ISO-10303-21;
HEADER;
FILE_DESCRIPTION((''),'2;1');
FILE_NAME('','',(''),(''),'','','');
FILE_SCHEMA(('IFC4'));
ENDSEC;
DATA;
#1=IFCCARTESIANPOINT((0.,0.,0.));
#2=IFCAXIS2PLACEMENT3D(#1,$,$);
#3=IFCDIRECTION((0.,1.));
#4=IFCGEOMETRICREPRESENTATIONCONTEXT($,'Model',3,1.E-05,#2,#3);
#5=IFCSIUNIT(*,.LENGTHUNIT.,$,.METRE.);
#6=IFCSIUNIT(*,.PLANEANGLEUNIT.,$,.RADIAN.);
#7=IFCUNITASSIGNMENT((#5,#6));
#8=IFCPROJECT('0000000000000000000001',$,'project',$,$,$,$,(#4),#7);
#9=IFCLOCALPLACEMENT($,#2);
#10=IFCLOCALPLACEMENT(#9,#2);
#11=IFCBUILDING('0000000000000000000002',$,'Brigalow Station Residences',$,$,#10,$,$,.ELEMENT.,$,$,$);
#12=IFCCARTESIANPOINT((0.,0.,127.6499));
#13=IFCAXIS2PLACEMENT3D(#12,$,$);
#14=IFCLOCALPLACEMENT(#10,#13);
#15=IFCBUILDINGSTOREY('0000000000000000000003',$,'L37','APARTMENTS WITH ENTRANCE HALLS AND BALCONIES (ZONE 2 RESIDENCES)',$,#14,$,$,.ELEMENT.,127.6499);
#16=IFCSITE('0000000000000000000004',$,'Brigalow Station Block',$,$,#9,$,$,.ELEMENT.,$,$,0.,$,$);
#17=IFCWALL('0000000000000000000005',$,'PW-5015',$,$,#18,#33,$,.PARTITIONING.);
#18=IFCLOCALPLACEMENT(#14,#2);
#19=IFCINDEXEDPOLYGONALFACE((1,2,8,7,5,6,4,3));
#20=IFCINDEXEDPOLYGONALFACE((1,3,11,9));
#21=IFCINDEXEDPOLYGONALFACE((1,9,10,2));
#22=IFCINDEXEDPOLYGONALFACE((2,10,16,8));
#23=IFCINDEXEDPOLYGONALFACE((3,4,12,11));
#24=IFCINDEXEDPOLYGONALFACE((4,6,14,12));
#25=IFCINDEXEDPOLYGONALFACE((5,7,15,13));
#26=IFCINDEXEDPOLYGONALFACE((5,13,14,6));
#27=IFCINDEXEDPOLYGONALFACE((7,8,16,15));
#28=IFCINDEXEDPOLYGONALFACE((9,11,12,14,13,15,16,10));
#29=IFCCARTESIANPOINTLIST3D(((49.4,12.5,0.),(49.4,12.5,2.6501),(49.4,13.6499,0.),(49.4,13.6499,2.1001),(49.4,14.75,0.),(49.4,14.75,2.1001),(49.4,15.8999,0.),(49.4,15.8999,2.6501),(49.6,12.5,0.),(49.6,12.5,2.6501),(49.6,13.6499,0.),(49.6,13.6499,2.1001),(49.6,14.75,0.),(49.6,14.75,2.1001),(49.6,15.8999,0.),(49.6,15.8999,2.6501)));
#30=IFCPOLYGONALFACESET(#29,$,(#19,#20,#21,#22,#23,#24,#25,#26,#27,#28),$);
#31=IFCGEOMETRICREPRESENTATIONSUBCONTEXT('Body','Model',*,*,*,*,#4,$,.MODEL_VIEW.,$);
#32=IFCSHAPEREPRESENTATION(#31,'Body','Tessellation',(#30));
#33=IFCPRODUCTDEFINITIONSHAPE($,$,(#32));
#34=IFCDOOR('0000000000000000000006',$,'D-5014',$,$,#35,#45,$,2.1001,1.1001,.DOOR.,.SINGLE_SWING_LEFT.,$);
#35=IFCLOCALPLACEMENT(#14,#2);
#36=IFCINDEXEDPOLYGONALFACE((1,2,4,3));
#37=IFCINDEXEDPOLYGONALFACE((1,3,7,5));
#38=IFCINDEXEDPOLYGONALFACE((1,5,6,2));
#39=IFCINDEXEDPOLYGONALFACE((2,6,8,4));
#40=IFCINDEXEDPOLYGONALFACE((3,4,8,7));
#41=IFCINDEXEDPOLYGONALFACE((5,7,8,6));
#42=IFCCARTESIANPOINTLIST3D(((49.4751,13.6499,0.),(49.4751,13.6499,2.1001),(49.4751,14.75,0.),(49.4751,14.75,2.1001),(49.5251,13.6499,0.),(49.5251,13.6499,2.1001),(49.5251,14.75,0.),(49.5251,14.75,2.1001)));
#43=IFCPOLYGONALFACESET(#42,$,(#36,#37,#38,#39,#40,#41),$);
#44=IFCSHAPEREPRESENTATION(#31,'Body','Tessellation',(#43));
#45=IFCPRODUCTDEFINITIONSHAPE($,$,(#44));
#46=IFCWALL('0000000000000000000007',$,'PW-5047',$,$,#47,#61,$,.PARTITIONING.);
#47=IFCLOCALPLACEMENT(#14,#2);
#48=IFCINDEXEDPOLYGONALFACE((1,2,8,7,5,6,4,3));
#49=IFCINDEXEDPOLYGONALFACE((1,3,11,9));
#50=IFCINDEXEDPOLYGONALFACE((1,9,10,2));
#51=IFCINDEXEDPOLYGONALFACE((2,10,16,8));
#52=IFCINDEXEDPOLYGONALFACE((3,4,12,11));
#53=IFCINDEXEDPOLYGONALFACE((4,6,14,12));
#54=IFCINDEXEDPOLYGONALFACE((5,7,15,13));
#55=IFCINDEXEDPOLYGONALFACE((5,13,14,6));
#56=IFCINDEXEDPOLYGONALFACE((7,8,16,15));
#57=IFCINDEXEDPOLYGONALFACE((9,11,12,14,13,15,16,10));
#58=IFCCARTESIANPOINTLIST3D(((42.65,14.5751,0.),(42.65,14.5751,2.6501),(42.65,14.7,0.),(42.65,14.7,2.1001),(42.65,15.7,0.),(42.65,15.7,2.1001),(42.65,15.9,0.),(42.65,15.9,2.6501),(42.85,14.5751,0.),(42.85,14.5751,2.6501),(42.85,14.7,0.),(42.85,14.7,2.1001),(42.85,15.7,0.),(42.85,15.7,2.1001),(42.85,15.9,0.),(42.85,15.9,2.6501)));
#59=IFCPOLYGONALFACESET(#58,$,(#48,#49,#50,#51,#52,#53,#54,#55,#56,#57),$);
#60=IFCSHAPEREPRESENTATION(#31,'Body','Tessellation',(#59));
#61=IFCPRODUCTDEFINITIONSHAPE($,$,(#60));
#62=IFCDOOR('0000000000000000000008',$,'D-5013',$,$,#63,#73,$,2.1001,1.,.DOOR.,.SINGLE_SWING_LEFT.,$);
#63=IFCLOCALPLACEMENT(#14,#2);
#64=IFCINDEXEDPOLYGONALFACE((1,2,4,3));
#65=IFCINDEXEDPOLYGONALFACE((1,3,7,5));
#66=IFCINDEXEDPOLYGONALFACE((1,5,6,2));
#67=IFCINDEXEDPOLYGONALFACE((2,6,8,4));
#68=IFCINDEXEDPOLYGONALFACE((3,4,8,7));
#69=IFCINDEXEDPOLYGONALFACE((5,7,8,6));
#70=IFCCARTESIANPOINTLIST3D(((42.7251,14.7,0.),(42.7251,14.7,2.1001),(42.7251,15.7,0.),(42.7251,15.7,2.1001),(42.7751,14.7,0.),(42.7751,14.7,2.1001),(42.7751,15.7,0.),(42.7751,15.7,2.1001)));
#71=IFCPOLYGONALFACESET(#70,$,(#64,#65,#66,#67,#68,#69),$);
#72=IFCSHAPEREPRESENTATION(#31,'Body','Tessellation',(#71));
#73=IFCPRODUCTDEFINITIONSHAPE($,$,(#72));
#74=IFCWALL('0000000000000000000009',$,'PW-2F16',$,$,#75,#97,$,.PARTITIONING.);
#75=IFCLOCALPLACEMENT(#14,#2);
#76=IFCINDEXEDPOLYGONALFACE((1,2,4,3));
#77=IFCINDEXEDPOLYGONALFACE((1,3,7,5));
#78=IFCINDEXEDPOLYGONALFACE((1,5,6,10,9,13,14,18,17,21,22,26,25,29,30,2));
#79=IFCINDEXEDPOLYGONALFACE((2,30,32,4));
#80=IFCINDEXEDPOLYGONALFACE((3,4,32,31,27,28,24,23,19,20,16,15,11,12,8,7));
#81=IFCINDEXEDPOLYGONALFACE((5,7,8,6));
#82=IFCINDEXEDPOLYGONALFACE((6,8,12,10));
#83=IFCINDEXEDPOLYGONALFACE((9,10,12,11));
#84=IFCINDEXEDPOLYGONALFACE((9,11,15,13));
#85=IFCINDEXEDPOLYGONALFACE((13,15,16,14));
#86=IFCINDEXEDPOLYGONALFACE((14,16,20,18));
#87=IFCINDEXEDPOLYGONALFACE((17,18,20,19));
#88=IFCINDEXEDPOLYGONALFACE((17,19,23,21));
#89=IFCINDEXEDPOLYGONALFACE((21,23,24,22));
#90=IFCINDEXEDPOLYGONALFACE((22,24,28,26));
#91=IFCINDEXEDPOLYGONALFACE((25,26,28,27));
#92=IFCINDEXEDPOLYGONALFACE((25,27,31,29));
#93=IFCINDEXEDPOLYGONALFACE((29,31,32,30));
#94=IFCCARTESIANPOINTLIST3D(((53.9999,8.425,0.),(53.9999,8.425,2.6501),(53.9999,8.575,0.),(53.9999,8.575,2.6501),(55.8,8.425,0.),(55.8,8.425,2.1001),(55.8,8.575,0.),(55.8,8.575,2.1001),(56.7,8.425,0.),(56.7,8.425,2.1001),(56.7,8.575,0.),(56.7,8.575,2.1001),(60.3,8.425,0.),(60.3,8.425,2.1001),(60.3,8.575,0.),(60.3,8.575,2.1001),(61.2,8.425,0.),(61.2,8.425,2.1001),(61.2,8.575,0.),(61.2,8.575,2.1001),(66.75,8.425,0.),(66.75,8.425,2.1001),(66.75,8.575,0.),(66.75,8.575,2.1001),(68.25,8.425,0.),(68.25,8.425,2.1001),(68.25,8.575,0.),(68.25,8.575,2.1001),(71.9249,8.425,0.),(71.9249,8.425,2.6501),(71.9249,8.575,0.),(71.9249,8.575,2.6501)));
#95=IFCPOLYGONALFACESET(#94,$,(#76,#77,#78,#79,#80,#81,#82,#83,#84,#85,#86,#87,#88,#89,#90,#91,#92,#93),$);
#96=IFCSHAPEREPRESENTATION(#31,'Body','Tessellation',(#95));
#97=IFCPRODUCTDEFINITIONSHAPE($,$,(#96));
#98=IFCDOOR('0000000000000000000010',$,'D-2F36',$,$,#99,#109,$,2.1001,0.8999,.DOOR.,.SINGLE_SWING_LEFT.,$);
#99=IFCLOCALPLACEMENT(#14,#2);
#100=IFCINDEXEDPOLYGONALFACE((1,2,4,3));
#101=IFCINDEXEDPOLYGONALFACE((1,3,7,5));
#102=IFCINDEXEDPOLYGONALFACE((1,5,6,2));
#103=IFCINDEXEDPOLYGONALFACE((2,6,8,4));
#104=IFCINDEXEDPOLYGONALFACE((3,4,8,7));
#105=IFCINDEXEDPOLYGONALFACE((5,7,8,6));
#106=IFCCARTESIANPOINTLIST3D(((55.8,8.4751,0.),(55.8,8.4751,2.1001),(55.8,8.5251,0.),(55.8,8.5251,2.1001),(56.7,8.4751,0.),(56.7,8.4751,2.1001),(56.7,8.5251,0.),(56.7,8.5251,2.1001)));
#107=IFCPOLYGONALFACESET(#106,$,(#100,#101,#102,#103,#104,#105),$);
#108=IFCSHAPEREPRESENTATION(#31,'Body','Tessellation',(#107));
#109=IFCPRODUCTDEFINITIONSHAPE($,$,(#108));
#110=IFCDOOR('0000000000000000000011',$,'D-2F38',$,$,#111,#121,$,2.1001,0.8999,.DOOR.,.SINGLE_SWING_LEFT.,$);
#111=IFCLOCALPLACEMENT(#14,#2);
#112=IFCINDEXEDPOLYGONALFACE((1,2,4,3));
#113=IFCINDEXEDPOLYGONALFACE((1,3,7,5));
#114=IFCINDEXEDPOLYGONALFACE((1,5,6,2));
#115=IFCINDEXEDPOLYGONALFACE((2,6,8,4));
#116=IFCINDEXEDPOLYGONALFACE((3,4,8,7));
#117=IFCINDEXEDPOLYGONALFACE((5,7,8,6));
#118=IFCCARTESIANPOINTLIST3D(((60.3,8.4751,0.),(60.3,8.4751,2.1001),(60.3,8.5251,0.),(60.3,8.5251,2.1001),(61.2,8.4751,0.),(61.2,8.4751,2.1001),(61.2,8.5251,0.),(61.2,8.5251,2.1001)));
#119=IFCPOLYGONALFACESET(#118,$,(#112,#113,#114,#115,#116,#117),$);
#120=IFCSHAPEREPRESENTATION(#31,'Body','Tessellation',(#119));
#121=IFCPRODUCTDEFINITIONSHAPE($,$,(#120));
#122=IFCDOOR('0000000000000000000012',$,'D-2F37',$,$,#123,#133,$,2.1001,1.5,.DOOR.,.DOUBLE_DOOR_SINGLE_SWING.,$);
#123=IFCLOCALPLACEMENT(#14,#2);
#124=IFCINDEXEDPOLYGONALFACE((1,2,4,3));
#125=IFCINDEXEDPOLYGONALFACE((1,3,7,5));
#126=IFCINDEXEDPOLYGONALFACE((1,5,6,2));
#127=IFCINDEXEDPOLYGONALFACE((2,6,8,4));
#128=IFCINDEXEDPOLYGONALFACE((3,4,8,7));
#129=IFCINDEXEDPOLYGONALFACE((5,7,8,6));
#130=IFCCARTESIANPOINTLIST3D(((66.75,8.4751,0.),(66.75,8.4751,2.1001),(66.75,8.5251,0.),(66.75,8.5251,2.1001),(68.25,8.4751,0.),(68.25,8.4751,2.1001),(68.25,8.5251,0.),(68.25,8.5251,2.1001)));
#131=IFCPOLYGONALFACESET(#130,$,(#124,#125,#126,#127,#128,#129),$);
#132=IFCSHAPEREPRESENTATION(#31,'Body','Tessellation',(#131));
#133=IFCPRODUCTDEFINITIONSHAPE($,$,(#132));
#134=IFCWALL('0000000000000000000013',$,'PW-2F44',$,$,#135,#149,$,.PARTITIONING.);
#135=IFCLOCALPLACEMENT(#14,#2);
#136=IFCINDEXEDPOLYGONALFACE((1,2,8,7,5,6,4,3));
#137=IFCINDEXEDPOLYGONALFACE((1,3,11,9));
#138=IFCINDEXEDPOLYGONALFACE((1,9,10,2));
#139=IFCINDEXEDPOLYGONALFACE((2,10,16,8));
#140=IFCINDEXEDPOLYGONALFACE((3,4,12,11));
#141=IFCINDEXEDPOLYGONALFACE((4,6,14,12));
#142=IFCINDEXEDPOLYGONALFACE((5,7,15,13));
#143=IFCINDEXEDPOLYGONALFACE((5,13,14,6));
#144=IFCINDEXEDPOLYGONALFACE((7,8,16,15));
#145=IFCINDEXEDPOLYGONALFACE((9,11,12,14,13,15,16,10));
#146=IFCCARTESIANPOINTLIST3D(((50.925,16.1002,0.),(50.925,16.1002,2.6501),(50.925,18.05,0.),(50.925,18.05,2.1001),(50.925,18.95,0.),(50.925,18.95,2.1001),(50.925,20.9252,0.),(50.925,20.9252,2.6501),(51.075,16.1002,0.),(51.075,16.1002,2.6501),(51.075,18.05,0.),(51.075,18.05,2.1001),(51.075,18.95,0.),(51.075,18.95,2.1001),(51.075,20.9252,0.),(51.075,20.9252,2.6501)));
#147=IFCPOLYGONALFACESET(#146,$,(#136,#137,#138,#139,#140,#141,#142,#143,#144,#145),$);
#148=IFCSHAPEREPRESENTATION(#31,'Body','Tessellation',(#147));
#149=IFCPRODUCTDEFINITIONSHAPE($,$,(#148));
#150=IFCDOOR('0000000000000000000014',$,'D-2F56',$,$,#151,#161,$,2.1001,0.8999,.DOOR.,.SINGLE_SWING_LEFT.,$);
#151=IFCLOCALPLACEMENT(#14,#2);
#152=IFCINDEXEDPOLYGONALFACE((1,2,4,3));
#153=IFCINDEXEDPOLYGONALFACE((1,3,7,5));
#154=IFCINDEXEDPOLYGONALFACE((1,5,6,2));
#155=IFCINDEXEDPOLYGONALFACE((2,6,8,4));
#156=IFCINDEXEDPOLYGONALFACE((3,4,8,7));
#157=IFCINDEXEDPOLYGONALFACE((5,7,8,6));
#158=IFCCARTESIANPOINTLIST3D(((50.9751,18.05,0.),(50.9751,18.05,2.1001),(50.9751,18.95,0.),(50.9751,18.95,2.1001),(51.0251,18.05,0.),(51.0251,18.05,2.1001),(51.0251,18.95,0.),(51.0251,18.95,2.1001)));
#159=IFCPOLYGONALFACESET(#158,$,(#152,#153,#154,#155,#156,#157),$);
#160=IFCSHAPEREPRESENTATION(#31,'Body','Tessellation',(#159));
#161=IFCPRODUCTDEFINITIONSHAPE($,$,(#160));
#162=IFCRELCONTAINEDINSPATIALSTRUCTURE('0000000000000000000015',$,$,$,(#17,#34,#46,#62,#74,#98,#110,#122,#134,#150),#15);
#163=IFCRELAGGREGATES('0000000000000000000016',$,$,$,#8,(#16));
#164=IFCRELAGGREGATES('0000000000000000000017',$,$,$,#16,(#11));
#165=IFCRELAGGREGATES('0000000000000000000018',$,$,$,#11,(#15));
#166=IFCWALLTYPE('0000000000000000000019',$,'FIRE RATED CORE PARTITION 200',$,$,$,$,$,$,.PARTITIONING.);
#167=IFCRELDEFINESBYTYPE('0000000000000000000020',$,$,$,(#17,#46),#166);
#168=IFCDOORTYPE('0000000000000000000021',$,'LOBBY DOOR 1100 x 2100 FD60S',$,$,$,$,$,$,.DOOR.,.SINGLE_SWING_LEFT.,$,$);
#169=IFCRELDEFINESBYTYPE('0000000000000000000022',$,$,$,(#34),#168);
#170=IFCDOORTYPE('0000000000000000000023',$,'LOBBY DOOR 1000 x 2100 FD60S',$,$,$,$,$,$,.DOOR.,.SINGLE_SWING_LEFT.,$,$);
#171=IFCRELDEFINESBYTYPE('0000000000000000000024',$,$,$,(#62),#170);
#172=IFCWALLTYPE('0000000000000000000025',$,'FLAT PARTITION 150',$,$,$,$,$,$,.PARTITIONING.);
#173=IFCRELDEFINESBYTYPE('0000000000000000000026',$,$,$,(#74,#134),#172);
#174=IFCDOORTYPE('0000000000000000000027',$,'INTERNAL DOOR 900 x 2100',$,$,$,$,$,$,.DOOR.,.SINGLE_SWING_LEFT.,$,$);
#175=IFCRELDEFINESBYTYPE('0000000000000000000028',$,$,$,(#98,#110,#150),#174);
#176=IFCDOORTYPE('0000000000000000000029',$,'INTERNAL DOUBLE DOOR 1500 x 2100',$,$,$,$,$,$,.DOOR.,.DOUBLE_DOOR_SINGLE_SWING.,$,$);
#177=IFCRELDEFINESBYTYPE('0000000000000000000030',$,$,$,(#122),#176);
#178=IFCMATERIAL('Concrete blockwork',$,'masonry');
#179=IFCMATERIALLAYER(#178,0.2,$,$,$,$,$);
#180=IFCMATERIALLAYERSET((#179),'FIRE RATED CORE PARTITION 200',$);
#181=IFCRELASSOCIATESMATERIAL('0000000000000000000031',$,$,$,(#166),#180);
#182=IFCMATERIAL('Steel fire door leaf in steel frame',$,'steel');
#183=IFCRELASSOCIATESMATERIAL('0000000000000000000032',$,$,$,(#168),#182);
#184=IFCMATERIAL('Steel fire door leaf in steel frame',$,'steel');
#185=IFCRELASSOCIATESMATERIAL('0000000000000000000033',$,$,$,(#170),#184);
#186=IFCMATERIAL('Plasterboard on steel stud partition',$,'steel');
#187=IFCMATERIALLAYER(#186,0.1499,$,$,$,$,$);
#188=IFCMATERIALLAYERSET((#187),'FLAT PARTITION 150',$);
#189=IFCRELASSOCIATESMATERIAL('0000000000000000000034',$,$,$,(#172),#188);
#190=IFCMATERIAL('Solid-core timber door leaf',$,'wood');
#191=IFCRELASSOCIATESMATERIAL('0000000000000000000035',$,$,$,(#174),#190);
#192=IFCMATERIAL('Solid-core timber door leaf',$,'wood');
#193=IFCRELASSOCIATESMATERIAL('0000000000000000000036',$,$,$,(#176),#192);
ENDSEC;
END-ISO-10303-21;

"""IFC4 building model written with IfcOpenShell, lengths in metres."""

from ifc_helpers import new_model, si_unit, direction, frame, frame_2d, origin, place, context, subcontext, project, spatial, rectangle, extrude, material, layer, layer_set, type_object, element, fill, save


model = new_model("IFC4")

# Units and contexts
model_context = context("Model", 3, precision=1e-05, world=origin(), true_north=direction((0.0, 1.0)))
body_context = subcontext(model_context, "Body", "Model", "MODEL_VIEW")
ifc_project = project(units=[si_unit("LENGTHUNIT", "METRE"), si_unit("PLANEANGLEUNIT", "RADIAN")], contexts=[model_context])

# Site, building, storey
site_placement = place(None, origin())
site = spatial("IfcSite", under=ifc_project, at=site_placement, Name="Brigalow Station Block", CompositionType="ELEMENT", RefElevation=0.0)
building_placement = place(site_placement, origin())
building = spatial("IfcBuilding", under=site, at=building_placement, Name="Brigalow Station Residences", CompositionType="ELEMENT")
storey_placement = place(building_placement, frame((0.0, 0.0, 127.6499)))
storey = spatial("IfcBuildingStorey", under=building, at=storey_placement, Name="L37", Description="APARTMENTS WITH ENTRANCE HALLS AND BALCONIES (ZONE 2 RESIDENCES)", CompositionType="ELEMENT", Elevation=127.6499)

# Shared definitions
ifc_material_1 = material(Name="Concrete blockwork", Category="masonry")
ifc_layer_1 = layer(ifc_material_1, 0.2)
ifc_layer_set_1 = layer_set([ifc_layer_1], Name="FIRE RATED CORE PARTITION 200")
wall_type_1 = type_object("IfcWallType", Name="FIRE RATED CORE PARTITION 200", PredefinedType="PARTITIONING", material=ifc_layer_set_1)

# Walls, openings, doors
wall_1_placement = place(storey_placement, frame((49.5, 12.5, 0.0), z_axis=(0.0, 0.0, 1.0), x_axis=(0.0, 1.0, 0.0)))
wall_1 = element("IfcWall", 1, at=wall_1_placement, inside=storey, type_object=wall_type_1, Name="PW-5015", PredefinedType="PARTITIONING", context=body_context, shape_type="SweptSolid", body=[
    extrude(rectangle(XDim=3.3999, YDim=0.2, at=frame_2d((1.7, 0.0))), origin(), (0.0, 0.0, 1.0), 2.6501),
])
opening_1_placement = place(wall_1_placement, frame((1.1499, 0.0, 0.0)))
opening_1 = element("IfcOpeningElement", 2, at=opening_1_placement, cuts=wall_1, PredefinedType="OPENING", context=body_context, shape_type="SweptSolid", body=[
    extrude(rectangle(XDim=1.1001, YDim=2.1001, at=frame_2d((0.55, 1.05))), frame((0.0, 0.1099, 0.0), z_axis=(0.0, -1.0, 0.0), x_axis=(1.0, 0.0, 0.0)), (0.0, 0.0, 1.0), 0.22),
])
ifc_material_2 = material(Name="Steel fire door leaf in steel frame", Category="steel")
door_type_1 = type_object("IfcDoorType", Name="LOBBY DOOR 1100 x 2100 FD60S", OperationType="SINGLE_SWING_LEFT", PredefinedType="DOOR", material=ifc_material_2)
door_1_placement = place(opening_1_placement, origin())
door_1 = element("IfcDoor", 3, at=door_1_placement, inside=storey, type_object=door_type_1, Name="D-5014", OperationType="SINGLE_SWING_LEFT", OverallHeight=2.1001, OverallWidth=1.1001, PredefinedType="DOOR", context=body_context, shape_type="SweptSolid", body=[
    extrude(rectangle(XDim=1.1001, YDim=2.1001, at=frame_2d((0.55, 1.05))), frame((0.0, 0.0249, 0.0), z_axis=(0.0, -1.0, 0.0), x_axis=(1.0, 0.0, 0.0)), (0.0, 0.0, 1.0), 0.05),
])
fill(opening_1, door_1)
wall_2_placement = place(storey_placement, frame((42.75, 14.575, 0.0), z_axis=(0.0, 0.0, 1.0), x_axis=(0.0, 1.0, 0.0)))
wall_2 = element("IfcWall", 4, at=wall_2_placement, inside=storey, type_object=wall_type_1, Name="PW-5047", PredefinedType="PARTITIONING", context=body_context, shape_type="SweptSolid", body=[
    extrude(rectangle(XDim=1.325, YDim=0.2, at=frame_2d((0.6626, 0.0))), origin(), (0.0, 0.0, 1.0), 2.6501),
])
opening_2_placement = place(wall_2_placement, frame((0.125, 0.0, 0.0)))
opening_2 = element("IfcOpeningElement", 5, at=opening_2_placement, cuts=wall_2, PredefinedType="OPENING", context=body_context, shape_type="SweptSolid", body=[
    extrude(rectangle(XDim=1.0, YDim=2.1001, at=frame_2d((0.5, 1.05))), frame((0.0, 0.1099, 0.0), z_axis=(0.0, -1.0, 0.0), x_axis=(1.0, 0.0, 0.0)), (0.0, 0.0, 1.0), 0.22),
])
ifc_material_3 = material(Name="Steel fire door leaf in steel frame", Category="steel")
door_type_2 = type_object("IfcDoorType", Name="LOBBY DOOR 1000 x 2100 FD60S", OperationType="SINGLE_SWING_LEFT", PredefinedType="DOOR", material=ifc_material_3)
door_2_placement = place(opening_2_placement, origin())
door_2 = element("IfcDoor", 6, at=door_2_placement, inside=storey, type_object=door_type_2, Name="D-5013", OperationType="SINGLE_SWING_LEFT", OverallHeight=2.1001, OverallWidth=1.0, PredefinedType="DOOR", context=body_context, shape_type="SweptSolid", body=[
    extrude(rectangle(XDim=1.0, YDim=2.1001, at=frame_2d((0.5, 1.05))), frame((0.0, 0.0249, 0.0), z_axis=(0.0, -1.0, 0.0), x_axis=(1.0, 0.0, 0.0)), (0.0, 0.0, 1.0), 0.05),
])
fill(opening_2, door_2)

# Wall, openings, doors
ifc_material_4 = material(Name="Plasterboard on steel stud partition", Category="steel")
ifc_layer_2 = layer(ifc_material_4, 0.1499)
ifc_layer_set_2 = layer_set([ifc_layer_2], Name="FLAT PARTITION 150")
wall_type_2 = type_object("IfcWallType", Name="FLAT PARTITION 150", PredefinedType="PARTITIONING", material=ifc_layer_set_2)
wall_3_placement = place(storey_placement, frame((54.0, 8.5, 0.0), z_axis=(0.0, 0.0, 1.0), x_axis=(1.0, 0.0, 0.0)))
wall_3 = element("IfcWall", 7, at=wall_3_placement, inside=storey, type_object=wall_type_2, Name="PW-2F16", PredefinedType="PARTITIONING", context=body_context, shape_type="SweptSolid", body=[
    extrude(rectangle(XDim=17.925, YDim=0.1499, at=frame_2d((8.9624, 0.0))), origin(), (0.0, 0.0, 1.0), 2.6501),
])
opening_3_placement = place(wall_3_placement, frame((1.8, 0.0, 0.0)))
opening_3 = element("IfcOpeningElement", 8, at=opening_3_placement, cuts=wall_3, PredefinedType="OPENING", context=body_context, shape_type="SweptSolid", body=[
    extrude(rectangle(XDim=0.8999, YDim=2.1001, at=frame_2d((0.45, 1.05))), frame((0.0, 0.085, 0.0), z_axis=(0.0, -1.0, 0.0), x_axis=(1.0, 0.0, 0.0)), (0.0, 0.0, 1.0), 0.1699),
])
opening_4_placement = place(wall_3_placement, frame((12.75, 0.0, 0.0)))
opening_4 = element("IfcOpeningElement", 9, at=opening_4_placement, cuts=wall_3, PredefinedType="OPENING", context=body_context, shape_type="SweptSolid", body=[
    extrude(rectangle(XDim=1.5, YDim=2.1001, at=frame_2d((0.75, 1.05))), frame((0.0, 0.085, 0.0), z_axis=(0.0, -1.0, 0.0), x_axis=(1.0, 0.0, 0.0)), (0.0, 0.0, 1.0), 0.1699),
])
opening_5_placement = place(wall_3_placement, frame((6.3, 0.0, 0.0)))
opening_5 = element("IfcOpeningElement", 10, at=opening_5_placement, cuts=wall_3, PredefinedType="OPENING", context=body_context, shape_type="SweptSolid", body=[
    extrude(rectangle(XDim=0.8999, YDim=2.1001, at=frame_2d((0.45, 1.05))), frame((0.0, 0.085, 0.0), z_axis=(0.0, -1.0, 0.0), x_axis=(1.0, 0.0, 0.0)), (0.0, 0.0, 1.0), 0.1699),
])
ifc_material_5 = material(Name="Solid-core timber door leaf", Category="wood")
door_type_3 = type_object("IfcDoorType", Name="INTERNAL DOOR 900 x 2100", OperationType="SINGLE_SWING_LEFT", PredefinedType="DOOR", material=ifc_material_5)
door_3_placement = place(opening_3_placement, frame((0.8999, 0.0, 0.0), z_axis=(0.0, 0.0, 1.0), x_axis=(-1.0, 0.0, 0.0)))
door_3 = element("IfcDoor", 11, at=door_3_placement, inside=storey, type_object=door_type_3, Name="D-2F36", OperationType="SINGLE_SWING_LEFT", OverallHeight=2.1001, OverallWidth=0.8999, PredefinedType="DOOR", context=body_context, shape_type="SweptSolid", body=[
    extrude(rectangle(XDim=0.8999, YDim=2.1001, at=frame_2d((0.45, 1.05))), frame((0.0, 0.0249, 0.0), z_axis=(0.0, -1.0, 0.0), x_axis=(1.0, 0.0, 0.0)), (0.0, 0.0, 1.0), 0.05),
])
fill(opening_3, door_3)
door_4_placement = place(opening_5_placement, frame((0.8999, 0.0, 0.0), z_axis=(0.0, 0.0, 1.0), x_axis=(-1.0, 0.0, 0.0)))
door_4 = element("IfcDoor", 12, at=door_4_placement, inside=storey, type_object=door_type_3, Name="D-2F38", OperationType="SINGLE_SWING_LEFT", OverallHeight=2.1001, OverallWidth=0.8999, PredefinedType="DOOR", context=body_context, shape_type="SweptSolid", body=[
    extrude(rectangle(XDim=0.8999, YDim=2.1001, at=frame_2d((0.45, 1.05))), frame((0.0, 0.0249, 0.0), z_axis=(0.0, -1.0, 0.0), x_axis=(1.0, 0.0, 0.0)), (0.0, 0.0, 1.0), 0.05),
])
fill(opening_5, door_4)
ifc_material_6 = material(Name="Solid-core timber door leaf", Category="wood")
door_type_4 = type_object("IfcDoorType", Name="INTERNAL DOUBLE DOOR 1500 x 2100", OperationType="DOUBLE_DOOR_SINGLE_SWING", PredefinedType="DOOR", material=ifc_material_6)
door_5_placement = place(opening_4_placement, frame((1.5, 0.0, 0.0), z_axis=(0.0, 0.0, 1.0), x_axis=(-1.0, 0.0, 0.0)))
door_5 = element("IfcDoor", 13, at=door_5_placement, inside=storey, type_object=door_type_4, Name="D-2F37", OperationType="DOUBLE_DOOR_SINGLE_SWING", OverallHeight=2.1001, OverallWidth=1.5, PredefinedType="DOOR", context=body_context, shape_type="SweptSolid", body=[
    extrude(rectangle(XDim=1.5, YDim=2.1001, at=frame_2d((0.75, 1.05))), frame((0.0, 0.0249, 0.0), z_axis=(0.0, -1.0, 0.0), x_axis=(1.0, 0.0, 0.0)), (0.0, 0.0, 1.0), 0.05),
])
fill(opening_4, door_5)

# Wall, opening, door
wall_4_placement = place(storey_placement, frame((51.0, 16.1001, 0.0), z_axis=(0.0, 0.0, 1.0), x_axis=(0.0, 1.0, 0.0)))
wall_4 = element("IfcWall", 14, at=wall_4_placement, inside=storey, type_object=wall_type_2, Name="PW-2F44", PredefinedType="PARTITIONING", context=body_context, shape_type="SweptSolid", body=[
    extrude(rectangle(XDim=4.825, YDim=0.1499, at=frame_2d((2.4126, 0.0))), origin(), (0.0, 0.0, 1.0), 2.6501),
])
opening_6_placement = place(wall_4_placement, frame((1.95, 0.0, 0.0)))
opening_6 = element("IfcOpeningElement", 15, at=opening_6_placement, cuts=wall_4, PredefinedType="OPENING", context=body_context, shape_type="SweptSolid", body=[
    extrude(rectangle(XDim=0.8999, YDim=2.1001, at=frame_2d((0.45, 1.05))), frame((0.0, 0.085, 0.0), z_axis=(0.0, -1.0, 0.0), x_axis=(1.0, 0.0, 0.0)), (0.0, 0.0, 1.0), 0.1699),
])
door_6_placement = place(opening_6_placement, origin())
door_6 = element("IfcDoor", 16, at=door_6_placement, inside=storey, type_object=door_type_3, Name="D-2F56", OperationType="SINGLE_SWING_LEFT", OverallHeight=2.1001, OverallWidth=0.8999, PredefinedType="DOOR", context=body_context, shape_type="SweptSolid", body=[
    extrude(rectangle(XDim=0.8999, YDim=2.1001, at=frame_2d((0.45, 1.05))), frame((0.0, 0.0249, 0.0), z_axis=(0.0, -1.0, 0.0), x_axis=(1.0, 0.0, 0.0)), (0.0, 0.0, 1.0), 0.05),
])
fill(opening_6, door_6)

save(model, "model.ifc")
